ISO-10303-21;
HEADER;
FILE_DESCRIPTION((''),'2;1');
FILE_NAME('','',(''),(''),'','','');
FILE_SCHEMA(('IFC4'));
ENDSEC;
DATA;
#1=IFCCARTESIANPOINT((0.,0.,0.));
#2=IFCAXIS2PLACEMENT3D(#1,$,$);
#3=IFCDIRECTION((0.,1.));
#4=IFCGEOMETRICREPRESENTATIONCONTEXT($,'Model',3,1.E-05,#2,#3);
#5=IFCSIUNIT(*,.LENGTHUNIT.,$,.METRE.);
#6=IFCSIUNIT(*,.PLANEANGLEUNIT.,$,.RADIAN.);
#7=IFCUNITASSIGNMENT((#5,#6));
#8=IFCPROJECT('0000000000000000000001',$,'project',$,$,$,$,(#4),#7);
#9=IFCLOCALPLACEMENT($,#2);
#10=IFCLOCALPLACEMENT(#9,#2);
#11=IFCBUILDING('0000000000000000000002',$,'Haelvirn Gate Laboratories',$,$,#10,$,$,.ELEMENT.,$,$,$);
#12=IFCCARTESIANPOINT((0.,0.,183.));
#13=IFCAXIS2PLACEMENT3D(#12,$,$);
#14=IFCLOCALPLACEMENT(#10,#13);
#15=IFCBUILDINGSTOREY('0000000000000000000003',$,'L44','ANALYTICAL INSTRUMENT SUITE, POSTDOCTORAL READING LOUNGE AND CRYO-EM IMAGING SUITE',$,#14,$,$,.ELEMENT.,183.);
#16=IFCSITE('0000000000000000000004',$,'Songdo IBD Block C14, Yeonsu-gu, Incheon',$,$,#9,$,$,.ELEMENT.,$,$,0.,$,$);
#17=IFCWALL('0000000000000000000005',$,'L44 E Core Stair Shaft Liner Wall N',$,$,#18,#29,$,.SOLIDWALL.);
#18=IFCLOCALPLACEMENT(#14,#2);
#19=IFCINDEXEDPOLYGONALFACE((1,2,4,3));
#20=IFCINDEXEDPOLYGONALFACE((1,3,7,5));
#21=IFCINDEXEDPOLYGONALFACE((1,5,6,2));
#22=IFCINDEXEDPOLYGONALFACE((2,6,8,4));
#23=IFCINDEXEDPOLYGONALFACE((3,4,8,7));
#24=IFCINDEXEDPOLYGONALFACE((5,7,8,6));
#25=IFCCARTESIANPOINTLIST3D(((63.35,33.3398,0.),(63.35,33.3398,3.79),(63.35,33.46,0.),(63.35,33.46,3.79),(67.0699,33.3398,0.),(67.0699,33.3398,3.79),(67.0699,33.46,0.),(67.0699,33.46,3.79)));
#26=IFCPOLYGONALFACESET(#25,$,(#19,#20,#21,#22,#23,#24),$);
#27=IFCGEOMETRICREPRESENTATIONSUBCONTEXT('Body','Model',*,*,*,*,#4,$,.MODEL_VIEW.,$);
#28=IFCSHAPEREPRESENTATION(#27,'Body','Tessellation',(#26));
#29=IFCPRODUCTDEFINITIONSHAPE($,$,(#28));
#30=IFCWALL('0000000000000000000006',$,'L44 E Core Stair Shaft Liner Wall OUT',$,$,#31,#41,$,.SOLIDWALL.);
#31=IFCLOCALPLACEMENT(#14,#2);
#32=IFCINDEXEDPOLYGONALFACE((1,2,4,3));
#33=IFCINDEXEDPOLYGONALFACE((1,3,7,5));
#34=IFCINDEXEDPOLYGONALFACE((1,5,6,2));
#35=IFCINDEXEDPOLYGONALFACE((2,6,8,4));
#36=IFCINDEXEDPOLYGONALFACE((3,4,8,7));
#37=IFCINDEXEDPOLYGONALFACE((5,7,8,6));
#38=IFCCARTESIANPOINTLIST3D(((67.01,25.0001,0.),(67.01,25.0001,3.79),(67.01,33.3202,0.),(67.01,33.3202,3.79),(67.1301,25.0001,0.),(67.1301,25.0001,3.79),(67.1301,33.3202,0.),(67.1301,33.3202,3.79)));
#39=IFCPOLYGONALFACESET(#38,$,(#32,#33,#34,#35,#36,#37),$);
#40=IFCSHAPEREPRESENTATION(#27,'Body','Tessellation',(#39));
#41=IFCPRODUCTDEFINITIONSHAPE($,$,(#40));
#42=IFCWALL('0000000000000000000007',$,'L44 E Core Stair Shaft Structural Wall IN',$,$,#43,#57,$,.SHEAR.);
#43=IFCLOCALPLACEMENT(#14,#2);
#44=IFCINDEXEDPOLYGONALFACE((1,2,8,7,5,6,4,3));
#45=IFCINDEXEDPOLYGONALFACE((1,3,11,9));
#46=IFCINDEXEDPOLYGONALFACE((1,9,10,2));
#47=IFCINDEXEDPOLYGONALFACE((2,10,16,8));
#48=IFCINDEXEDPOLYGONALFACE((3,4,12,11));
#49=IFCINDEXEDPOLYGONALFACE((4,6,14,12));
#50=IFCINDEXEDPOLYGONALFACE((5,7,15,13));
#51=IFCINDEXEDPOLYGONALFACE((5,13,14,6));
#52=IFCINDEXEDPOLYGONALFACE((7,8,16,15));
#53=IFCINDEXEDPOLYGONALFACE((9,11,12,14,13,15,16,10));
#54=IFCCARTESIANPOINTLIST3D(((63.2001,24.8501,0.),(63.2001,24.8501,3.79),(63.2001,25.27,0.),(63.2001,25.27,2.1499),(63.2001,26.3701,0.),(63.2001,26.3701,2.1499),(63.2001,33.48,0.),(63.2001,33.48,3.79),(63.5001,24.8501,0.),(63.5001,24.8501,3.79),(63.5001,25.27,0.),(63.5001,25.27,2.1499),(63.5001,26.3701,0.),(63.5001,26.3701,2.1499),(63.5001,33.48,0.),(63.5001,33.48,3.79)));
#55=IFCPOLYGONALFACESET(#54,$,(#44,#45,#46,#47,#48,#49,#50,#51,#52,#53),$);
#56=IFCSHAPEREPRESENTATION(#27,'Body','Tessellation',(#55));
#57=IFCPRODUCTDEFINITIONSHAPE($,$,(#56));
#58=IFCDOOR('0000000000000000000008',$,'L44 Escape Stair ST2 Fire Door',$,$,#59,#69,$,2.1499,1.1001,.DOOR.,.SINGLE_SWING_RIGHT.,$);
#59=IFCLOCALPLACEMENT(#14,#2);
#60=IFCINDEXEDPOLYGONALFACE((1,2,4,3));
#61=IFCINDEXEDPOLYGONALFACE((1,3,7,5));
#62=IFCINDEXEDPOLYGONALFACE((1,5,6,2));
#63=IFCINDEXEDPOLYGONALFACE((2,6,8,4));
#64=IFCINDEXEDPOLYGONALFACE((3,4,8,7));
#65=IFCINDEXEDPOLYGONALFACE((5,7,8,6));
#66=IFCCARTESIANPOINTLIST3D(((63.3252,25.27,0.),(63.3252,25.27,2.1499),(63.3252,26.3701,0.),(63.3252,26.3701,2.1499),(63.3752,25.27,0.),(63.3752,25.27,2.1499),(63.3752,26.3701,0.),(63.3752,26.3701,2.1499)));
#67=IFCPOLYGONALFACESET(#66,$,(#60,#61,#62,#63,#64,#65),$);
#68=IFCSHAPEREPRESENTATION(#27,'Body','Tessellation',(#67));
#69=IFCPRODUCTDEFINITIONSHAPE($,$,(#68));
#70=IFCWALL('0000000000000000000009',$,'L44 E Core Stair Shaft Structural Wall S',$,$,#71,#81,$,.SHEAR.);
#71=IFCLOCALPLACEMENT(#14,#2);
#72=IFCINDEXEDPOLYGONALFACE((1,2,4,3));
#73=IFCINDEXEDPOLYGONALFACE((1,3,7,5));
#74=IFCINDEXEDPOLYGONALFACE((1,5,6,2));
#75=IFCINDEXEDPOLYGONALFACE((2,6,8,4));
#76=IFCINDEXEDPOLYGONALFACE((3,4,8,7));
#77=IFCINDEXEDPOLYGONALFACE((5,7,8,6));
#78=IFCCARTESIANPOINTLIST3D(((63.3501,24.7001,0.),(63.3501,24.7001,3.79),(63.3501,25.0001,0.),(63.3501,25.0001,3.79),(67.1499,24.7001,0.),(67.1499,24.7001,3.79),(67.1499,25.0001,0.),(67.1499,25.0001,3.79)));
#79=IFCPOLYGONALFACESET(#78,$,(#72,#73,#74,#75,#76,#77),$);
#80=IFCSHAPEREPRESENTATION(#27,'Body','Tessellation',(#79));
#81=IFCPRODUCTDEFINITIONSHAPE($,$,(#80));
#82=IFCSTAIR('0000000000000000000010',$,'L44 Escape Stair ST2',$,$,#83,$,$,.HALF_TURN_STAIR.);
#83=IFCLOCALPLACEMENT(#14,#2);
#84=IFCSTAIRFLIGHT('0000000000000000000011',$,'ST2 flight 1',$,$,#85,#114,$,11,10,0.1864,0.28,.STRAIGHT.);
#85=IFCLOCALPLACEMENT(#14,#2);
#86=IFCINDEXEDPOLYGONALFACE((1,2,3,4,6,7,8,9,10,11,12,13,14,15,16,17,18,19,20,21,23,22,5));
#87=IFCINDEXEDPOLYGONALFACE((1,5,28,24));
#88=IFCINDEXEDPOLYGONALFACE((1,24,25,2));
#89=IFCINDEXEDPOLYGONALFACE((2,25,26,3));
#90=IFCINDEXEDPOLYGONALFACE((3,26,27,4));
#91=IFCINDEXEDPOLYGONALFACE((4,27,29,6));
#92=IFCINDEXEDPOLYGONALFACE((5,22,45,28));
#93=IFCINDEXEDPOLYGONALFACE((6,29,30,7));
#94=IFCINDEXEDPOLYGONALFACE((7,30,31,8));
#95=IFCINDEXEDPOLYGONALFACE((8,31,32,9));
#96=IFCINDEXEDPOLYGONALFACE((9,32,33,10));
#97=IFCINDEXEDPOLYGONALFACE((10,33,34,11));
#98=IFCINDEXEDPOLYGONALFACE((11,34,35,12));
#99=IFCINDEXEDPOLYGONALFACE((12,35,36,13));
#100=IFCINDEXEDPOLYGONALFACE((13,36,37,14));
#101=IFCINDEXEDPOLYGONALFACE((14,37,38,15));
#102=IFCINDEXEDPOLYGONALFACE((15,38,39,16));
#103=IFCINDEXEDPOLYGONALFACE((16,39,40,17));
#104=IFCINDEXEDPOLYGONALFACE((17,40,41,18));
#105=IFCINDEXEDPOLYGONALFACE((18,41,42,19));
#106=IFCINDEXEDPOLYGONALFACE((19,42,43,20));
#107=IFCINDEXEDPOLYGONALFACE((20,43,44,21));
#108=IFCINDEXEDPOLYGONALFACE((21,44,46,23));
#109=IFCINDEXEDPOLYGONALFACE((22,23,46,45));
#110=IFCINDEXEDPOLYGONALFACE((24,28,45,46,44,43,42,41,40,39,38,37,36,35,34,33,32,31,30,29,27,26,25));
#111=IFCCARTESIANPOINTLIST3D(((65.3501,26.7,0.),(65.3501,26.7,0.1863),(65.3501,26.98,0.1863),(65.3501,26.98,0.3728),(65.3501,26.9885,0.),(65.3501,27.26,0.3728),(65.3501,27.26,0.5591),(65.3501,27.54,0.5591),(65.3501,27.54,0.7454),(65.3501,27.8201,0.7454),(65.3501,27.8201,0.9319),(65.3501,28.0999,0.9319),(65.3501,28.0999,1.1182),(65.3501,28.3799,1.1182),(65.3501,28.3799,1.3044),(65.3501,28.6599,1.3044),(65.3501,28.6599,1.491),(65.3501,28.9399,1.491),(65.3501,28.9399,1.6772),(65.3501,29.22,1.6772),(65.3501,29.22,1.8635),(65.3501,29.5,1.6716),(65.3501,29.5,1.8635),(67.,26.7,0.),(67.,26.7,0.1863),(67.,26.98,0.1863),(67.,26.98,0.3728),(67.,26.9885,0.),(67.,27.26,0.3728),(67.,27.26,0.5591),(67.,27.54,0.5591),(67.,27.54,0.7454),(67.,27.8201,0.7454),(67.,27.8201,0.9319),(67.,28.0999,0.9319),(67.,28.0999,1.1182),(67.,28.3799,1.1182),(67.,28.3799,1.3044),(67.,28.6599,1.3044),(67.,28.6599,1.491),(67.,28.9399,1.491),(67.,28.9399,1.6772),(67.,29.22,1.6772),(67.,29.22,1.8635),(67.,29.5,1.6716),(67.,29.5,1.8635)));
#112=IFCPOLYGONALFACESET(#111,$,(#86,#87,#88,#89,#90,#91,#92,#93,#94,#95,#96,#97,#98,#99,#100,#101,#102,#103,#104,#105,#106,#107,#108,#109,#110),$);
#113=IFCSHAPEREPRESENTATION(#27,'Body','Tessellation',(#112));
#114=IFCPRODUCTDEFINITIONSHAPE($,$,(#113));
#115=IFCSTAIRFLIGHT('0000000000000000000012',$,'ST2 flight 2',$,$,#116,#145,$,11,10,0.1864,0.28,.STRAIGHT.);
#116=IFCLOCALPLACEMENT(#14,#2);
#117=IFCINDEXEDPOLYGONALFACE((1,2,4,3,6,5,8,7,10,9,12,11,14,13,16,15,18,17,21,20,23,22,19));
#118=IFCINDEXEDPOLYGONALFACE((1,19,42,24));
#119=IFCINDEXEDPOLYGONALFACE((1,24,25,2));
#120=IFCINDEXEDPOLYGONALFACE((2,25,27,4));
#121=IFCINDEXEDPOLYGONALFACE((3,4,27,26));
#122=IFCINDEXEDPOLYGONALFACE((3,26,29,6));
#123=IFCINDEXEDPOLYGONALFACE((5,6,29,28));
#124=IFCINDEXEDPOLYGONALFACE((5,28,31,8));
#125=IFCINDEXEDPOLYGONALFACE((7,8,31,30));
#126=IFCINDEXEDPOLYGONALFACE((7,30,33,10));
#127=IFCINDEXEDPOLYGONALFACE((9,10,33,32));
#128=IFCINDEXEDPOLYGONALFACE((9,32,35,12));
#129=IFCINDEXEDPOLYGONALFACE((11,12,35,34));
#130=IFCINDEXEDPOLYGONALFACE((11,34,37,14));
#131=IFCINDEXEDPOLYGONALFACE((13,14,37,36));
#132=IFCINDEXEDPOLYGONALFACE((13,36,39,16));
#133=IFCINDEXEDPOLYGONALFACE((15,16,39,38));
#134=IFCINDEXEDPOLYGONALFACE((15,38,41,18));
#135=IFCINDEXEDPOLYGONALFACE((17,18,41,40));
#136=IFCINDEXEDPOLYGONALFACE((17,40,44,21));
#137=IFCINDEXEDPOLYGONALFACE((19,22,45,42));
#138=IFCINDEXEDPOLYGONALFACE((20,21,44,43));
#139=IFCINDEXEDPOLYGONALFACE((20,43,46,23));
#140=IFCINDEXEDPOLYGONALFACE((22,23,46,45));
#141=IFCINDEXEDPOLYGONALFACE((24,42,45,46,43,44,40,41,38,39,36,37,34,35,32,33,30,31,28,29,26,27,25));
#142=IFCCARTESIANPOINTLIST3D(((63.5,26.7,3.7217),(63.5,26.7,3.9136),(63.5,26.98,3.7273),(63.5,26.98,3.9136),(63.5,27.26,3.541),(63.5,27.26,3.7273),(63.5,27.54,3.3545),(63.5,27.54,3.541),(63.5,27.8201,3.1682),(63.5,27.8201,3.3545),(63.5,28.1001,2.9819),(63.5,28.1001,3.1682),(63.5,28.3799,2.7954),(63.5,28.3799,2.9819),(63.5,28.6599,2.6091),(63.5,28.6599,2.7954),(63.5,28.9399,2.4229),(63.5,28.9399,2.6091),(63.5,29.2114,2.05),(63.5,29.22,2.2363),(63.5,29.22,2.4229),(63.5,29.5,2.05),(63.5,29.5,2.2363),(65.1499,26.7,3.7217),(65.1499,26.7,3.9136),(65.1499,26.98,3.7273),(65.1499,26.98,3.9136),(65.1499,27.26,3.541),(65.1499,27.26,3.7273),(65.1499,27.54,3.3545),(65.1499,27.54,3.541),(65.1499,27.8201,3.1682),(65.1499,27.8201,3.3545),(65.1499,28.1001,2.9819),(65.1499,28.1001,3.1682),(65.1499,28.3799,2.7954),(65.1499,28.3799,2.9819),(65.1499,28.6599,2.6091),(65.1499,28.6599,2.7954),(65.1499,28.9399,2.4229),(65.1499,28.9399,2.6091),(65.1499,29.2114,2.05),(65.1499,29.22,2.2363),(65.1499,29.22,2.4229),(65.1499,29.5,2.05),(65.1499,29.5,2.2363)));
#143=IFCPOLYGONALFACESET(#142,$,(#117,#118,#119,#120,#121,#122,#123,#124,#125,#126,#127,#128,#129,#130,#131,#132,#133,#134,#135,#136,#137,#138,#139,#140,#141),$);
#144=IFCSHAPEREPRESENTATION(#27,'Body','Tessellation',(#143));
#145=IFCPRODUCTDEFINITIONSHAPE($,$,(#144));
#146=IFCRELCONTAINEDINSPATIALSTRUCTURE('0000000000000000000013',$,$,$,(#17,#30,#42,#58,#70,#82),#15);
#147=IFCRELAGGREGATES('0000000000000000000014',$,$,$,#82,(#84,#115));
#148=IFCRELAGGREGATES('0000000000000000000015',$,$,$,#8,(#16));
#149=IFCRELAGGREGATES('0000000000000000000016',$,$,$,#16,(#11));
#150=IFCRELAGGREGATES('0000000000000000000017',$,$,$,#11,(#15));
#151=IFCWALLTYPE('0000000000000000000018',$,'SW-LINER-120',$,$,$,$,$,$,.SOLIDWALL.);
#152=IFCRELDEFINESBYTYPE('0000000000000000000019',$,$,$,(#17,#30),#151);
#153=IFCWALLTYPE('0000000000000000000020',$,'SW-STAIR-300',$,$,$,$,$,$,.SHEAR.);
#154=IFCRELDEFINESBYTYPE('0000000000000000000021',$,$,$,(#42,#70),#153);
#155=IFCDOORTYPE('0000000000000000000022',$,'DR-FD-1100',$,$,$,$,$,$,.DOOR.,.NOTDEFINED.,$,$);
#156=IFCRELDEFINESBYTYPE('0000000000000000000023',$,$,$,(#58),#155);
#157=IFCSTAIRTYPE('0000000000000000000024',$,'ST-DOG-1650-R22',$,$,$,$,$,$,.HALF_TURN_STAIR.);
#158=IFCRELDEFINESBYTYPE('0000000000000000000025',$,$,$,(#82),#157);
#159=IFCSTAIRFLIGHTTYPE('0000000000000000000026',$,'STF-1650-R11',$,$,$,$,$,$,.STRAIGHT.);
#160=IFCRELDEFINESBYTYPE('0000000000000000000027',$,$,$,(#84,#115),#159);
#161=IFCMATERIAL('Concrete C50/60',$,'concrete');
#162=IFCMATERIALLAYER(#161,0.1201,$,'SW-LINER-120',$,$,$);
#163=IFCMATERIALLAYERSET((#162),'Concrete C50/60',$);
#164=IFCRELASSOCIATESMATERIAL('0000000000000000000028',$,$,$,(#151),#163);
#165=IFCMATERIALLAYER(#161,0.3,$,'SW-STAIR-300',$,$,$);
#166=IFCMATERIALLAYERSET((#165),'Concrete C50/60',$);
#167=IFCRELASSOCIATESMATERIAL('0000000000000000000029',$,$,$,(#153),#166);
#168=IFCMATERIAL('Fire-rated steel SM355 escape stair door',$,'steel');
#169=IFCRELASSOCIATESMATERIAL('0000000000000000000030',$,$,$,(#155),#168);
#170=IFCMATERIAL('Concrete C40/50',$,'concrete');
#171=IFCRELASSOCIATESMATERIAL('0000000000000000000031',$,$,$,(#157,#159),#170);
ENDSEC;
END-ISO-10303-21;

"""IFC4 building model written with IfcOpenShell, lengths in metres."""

from ifc_helpers import new_model, si_unit, direction, frame, frame_2d, origin, place, context, subcontext, project, spatial, polyline, rectangle, outline, extrude, source, transform, mapped, material, layer, layer_set, type_object, type_shapes, element, fill, aggregate, save


model = new_model("IFC4")

# Units and contexts
model_context = context("Model", 3, precision=1e-05, world=origin(), true_north=direction((0.0, 1.0)))
body_context = subcontext(model_context, "Body", "Model", "MODEL_VIEW")
ifc_project = project(units=[si_unit("LENGTHUNIT", "METRE"), si_unit("PLANEANGLEUNIT", "RADIAN")], contexts=[model_context])

# Site, building, storey
site_placement = place(None, origin())
site = spatial("IfcSite", under=ifc_project, at=site_placement, Name="Songdo IBD Block C14, Yeonsu-gu, Incheon", CompositionType="ELEMENT", RefElevation=0.0)
building_placement = place(site_placement, origin())
building = spatial("IfcBuilding", under=site, at=building_placement, Name="Haelvirn Gate Laboratories", CompositionType="ELEMENT")
storey_placement = place(building_placement, frame((0.0, 0.0, 183.0)))
storey = spatial("IfcBuildingStorey", under=building, at=storey_placement, Name="L44", Description="ANALYTICAL INSTRUMENT SUITE, POSTDOCTORAL READING LOUNGE AND CRYO-EM IMAGING SUITE", CompositionType="ELEMENT", Elevation=183.0)

# Walls
ifc_material_1 = material(Name="Concrete C50/60", Category="concrete")
ifc_layer_1 = layer(ifc_material_1, 0.1201, Name="SW-LINER-120")
ifc_layer_set_1 = layer_set([ifc_layer_1], Name="Concrete C50/60")
wall_type_1 = type_object("IfcWallType", Name="SW-LINER-120", PredefinedType="SOLIDWALL", material=ifc_layer_set_1)
wall_1_placement = place(storey_placement, frame((63.3501, 33.3999, 0.0), z_axis=(0.0, 0.0, 1.0), x_axis=(1.0, 0.0, 0.0)))
element("IfcWall", 1, at=wall_1_placement, inside=storey, type_object=wall_type_1, Name="L44 E Core Stair Shaft Liner Wall N", PredefinedType="SOLIDWALL", context=body_context, shape_type="SweptSolid", body=[
    extrude(rectangle(XDim=3.72, YDim=0.1201, at=frame_2d((1.8599, 0.0))), origin(), (0.0, 0.0, 1.0), 3.79),
])
wall_2_placement = place(storey_placement, frame((67.0701, 25.0, 0.0), z_axis=(0.0, 0.0, 1.0), x_axis=(0.0, 1.0, 0.0)))
element("IfcWall", 2, at=wall_2_placement, inside=storey, type_object=wall_type_1, Name="L44 E Core Stair Shaft Liner Wall OUT", PredefinedType="SOLIDWALL", context=body_context, shape_type="SweptSolid", body=[
    extrude(rectangle(XDim=8.3201, YDim=0.1201, at=frame_2d((4.1602, 0.0))), origin(), (0.0, 0.0, 1.0), 3.79),
])

# Wall, opening, door
ifc_layer_2 = layer(ifc_material_1, 0.3, Name="SW-STAIR-300")
ifc_layer_set_2 = layer_set([ifc_layer_2], Name="Concrete C50/60")
wall_type_2 = type_object("IfcWallType", Name="SW-STAIR-300", PredefinedType="SHEAR", material=ifc_layer_set_2)
wall_3_placement = place(storey_placement, frame((63.3501, 24.8501, 0.0), z_axis=(0.0, 0.0, 1.0), x_axis=(0.0, 1.0, 0.0)))
wall_3 = element("IfcWall", 3, at=wall_3_placement, inside=storey, type_object=wall_type_2, Name="L44 E Core Stair Shaft Structural Wall IN", PredefinedType="SHEAR", context=body_context, shape_type="SweptSolid", body=[
    extrude(rectangle(XDim=8.6299, YDim=0.3, at=frame_2d((4.3149, 0.0))), origin(), (0.0, 0.0, 1.0), 3.79),
])
opening_1_placement = place(wall_3_placement, frame((0.4199, 0.0, 0.0)))
opening_1 = element("IfcOpeningElement", 4, at=opening_1_placement, cuts=wall_3, PredefinedType="OPENING", context=body_context, shape_type="SweptSolid", body=[
    extrude(rectangle(XDim=1.1001, YDim=2.1499, at=frame_2d((0.55, 1.075))), frame((0.0, 0.1602, 0.0), z_axis=(0.0, -1.0, 0.0), x_axis=(1.0, 0.0, 0.0)), (0.0, 0.0, 1.0), 0.3201),
])
ifc_material_2 = material(Name="Fire-rated steel SM355 escape stair door", Category="steel")
door_type_1 = type_object("IfcDoorType", Name="DR-FD-1100", OperationType="NOTDEFINED", PredefinedType="DOOR", material=ifc_material_2)
shared_shape_1 = source(origin(), body_context, "Body", "SweptSolid", [
    extrude(rectangle(XDim=1.1001, YDim=2.1499, at=frame_2d((0.55, 1.075))), frame((0.0, 0.0249, 0.0), z_axis=(0.0, -1.0, 0.0), x_axis=(1.0, 0.0, 0.0)), (0.0, 0.0, 1.0), 0.05),
])
type_shapes(door_type_1, [shared_shape_1])
door_1_placement = place(opening_1_placement, origin())
door_1 = element("IfcDoor", 5, at=door_1_placement, inside=storey, type_object=door_type_1, Name="L44 Escape Stair ST2 Fire Door", OperationType="SINGLE_SWING_RIGHT", OverallHeight=2.1499, OverallWidth=1.1001, PredefinedType="DOOR", context=body_context, shape_type="MappedRepresentation", body=[
    mapped(shared_shape_1, transform((0.0, 0.0, 0.0), scale=1.0)),
])
fill(opening_1, door_1)

# Wall
wall_4_placement = place(storey_placement, frame((63.3501, 24.8501, 0.0), z_axis=(0.0, 0.0, 1.0), x_axis=(1.0, 0.0, 0.0)))
element("IfcWall", 6, at=wall_4_placement, inside=storey, type_object=wall_type_2, Name="L44 E Core Stair Shaft Structural Wall S", PredefinedType="SHEAR", context=body_context, shape_type="SweptSolid", body=[
    extrude(rectangle(XDim=3.7998, YDim=0.3, at=frame_2d((1.8999, 0.0))), origin(), (0.0, 0.0, 1.0), 3.79),
])

# Stair, stair flights
ifc_material_3 = material(Name="Concrete C40/50", Category="concrete")
stair_type = type_object("IfcStairType", Name="ST-DOG-1650-R22", PredefinedType="HALF_TURN_STAIR", material=ifc_material_3)
stair_placement = place(storey_placement, origin())
stair = element("IfcStair", 7, at=stair_placement, inside=storey, type_object=stair_type, Name="L44 Escape Stair ST2", PredefinedType="HALF_TURN_STAIR")
stair_flight_type = type_object("IfcStairFlightType", Name="STF-1650-R11", PredefinedType="STRAIGHT", material=ifc_material_3)
shared_shape_2 = source(origin(), body_context, "Body", "SweptSolid", [
    extrude(outline(polyline([(0.0, 0.0), (0.0, 0.1863), (0.28, 0.1863), (0.28, 0.3728), (0.5601, 0.3728), (0.5601, 0.5591), (0.8401, 0.5591), (0.8401, 0.7454), (1.1201, 0.7454), (1.1201, 0.9319), (1.3999, 0.9319), (1.3999, 1.1182), (1.6799, 1.1182), (1.6799, 1.3044), (1.96, 1.3044), (1.96, 1.491), (2.24, 1.491), (2.24, 1.6772), (2.52, 1.6772), (2.52, 1.8635), (2.8, 1.8635), (2.8, 2.05), (2.8, 1.6716), (0.2886, 0.0), (0.0, 0.0)])), frame((0.0, 0.825, 0.0), z_axis=(0.0, -1.0, 0.0), x_axis=(1.0, 0.0, 0.0)), (0.0, 0.0, 1.0), 1.6499),
])
type_shapes(stair_flight_type, [shared_shape_2])
stair_flight_1_placement = place(storey_placement, frame((66.175, 26.7, 0.0), z_axis=(0.0, 0.0, 1.0), x_axis=(0.0, 1.0, 0.0)))
stair_flight_1 = element("IfcStairFlight", 8, at=stair_flight_1_placement, type_object=stair_flight_type, Name="ST2 flight 1", NumberOfRisers=11, NumberOfTreads=10, PredefinedType="STRAIGHT", RiserHeight=0.1864, TreadLength=0.28, context=body_context, shape_type="MappedRepresentation", body=[
    mapped(shared_shape_2, transform((0.0, 0.0, 0.0), scale=1.0)),
])
stair_flight_2_placement = place(storey_placement, frame((64.325, 29.5, 2.05), z_axis=(0.0, 0.0, 1.0), x_axis=(0.0, -1.0, 0.0)))
stair_flight_2 = element("IfcStairFlight", 9, at=stair_flight_2_placement, type_object=stair_flight_type, Name="ST2 flight 2", NumberOfRisers=11, NumberOfTreads=10, PredefinedType="STRAIGHT", RiserHeight=0.1864, TreadLength=0.28, context=body_context, shape_type="MappedRepresentation", body=[
    mapped(shared_shape_2, transform((0.0, 0.0, 0.0), scale=1.0)),
])
aggregate(stair, [stair_flight_1, stair_flight_2])

save(model, "model.ifc")
